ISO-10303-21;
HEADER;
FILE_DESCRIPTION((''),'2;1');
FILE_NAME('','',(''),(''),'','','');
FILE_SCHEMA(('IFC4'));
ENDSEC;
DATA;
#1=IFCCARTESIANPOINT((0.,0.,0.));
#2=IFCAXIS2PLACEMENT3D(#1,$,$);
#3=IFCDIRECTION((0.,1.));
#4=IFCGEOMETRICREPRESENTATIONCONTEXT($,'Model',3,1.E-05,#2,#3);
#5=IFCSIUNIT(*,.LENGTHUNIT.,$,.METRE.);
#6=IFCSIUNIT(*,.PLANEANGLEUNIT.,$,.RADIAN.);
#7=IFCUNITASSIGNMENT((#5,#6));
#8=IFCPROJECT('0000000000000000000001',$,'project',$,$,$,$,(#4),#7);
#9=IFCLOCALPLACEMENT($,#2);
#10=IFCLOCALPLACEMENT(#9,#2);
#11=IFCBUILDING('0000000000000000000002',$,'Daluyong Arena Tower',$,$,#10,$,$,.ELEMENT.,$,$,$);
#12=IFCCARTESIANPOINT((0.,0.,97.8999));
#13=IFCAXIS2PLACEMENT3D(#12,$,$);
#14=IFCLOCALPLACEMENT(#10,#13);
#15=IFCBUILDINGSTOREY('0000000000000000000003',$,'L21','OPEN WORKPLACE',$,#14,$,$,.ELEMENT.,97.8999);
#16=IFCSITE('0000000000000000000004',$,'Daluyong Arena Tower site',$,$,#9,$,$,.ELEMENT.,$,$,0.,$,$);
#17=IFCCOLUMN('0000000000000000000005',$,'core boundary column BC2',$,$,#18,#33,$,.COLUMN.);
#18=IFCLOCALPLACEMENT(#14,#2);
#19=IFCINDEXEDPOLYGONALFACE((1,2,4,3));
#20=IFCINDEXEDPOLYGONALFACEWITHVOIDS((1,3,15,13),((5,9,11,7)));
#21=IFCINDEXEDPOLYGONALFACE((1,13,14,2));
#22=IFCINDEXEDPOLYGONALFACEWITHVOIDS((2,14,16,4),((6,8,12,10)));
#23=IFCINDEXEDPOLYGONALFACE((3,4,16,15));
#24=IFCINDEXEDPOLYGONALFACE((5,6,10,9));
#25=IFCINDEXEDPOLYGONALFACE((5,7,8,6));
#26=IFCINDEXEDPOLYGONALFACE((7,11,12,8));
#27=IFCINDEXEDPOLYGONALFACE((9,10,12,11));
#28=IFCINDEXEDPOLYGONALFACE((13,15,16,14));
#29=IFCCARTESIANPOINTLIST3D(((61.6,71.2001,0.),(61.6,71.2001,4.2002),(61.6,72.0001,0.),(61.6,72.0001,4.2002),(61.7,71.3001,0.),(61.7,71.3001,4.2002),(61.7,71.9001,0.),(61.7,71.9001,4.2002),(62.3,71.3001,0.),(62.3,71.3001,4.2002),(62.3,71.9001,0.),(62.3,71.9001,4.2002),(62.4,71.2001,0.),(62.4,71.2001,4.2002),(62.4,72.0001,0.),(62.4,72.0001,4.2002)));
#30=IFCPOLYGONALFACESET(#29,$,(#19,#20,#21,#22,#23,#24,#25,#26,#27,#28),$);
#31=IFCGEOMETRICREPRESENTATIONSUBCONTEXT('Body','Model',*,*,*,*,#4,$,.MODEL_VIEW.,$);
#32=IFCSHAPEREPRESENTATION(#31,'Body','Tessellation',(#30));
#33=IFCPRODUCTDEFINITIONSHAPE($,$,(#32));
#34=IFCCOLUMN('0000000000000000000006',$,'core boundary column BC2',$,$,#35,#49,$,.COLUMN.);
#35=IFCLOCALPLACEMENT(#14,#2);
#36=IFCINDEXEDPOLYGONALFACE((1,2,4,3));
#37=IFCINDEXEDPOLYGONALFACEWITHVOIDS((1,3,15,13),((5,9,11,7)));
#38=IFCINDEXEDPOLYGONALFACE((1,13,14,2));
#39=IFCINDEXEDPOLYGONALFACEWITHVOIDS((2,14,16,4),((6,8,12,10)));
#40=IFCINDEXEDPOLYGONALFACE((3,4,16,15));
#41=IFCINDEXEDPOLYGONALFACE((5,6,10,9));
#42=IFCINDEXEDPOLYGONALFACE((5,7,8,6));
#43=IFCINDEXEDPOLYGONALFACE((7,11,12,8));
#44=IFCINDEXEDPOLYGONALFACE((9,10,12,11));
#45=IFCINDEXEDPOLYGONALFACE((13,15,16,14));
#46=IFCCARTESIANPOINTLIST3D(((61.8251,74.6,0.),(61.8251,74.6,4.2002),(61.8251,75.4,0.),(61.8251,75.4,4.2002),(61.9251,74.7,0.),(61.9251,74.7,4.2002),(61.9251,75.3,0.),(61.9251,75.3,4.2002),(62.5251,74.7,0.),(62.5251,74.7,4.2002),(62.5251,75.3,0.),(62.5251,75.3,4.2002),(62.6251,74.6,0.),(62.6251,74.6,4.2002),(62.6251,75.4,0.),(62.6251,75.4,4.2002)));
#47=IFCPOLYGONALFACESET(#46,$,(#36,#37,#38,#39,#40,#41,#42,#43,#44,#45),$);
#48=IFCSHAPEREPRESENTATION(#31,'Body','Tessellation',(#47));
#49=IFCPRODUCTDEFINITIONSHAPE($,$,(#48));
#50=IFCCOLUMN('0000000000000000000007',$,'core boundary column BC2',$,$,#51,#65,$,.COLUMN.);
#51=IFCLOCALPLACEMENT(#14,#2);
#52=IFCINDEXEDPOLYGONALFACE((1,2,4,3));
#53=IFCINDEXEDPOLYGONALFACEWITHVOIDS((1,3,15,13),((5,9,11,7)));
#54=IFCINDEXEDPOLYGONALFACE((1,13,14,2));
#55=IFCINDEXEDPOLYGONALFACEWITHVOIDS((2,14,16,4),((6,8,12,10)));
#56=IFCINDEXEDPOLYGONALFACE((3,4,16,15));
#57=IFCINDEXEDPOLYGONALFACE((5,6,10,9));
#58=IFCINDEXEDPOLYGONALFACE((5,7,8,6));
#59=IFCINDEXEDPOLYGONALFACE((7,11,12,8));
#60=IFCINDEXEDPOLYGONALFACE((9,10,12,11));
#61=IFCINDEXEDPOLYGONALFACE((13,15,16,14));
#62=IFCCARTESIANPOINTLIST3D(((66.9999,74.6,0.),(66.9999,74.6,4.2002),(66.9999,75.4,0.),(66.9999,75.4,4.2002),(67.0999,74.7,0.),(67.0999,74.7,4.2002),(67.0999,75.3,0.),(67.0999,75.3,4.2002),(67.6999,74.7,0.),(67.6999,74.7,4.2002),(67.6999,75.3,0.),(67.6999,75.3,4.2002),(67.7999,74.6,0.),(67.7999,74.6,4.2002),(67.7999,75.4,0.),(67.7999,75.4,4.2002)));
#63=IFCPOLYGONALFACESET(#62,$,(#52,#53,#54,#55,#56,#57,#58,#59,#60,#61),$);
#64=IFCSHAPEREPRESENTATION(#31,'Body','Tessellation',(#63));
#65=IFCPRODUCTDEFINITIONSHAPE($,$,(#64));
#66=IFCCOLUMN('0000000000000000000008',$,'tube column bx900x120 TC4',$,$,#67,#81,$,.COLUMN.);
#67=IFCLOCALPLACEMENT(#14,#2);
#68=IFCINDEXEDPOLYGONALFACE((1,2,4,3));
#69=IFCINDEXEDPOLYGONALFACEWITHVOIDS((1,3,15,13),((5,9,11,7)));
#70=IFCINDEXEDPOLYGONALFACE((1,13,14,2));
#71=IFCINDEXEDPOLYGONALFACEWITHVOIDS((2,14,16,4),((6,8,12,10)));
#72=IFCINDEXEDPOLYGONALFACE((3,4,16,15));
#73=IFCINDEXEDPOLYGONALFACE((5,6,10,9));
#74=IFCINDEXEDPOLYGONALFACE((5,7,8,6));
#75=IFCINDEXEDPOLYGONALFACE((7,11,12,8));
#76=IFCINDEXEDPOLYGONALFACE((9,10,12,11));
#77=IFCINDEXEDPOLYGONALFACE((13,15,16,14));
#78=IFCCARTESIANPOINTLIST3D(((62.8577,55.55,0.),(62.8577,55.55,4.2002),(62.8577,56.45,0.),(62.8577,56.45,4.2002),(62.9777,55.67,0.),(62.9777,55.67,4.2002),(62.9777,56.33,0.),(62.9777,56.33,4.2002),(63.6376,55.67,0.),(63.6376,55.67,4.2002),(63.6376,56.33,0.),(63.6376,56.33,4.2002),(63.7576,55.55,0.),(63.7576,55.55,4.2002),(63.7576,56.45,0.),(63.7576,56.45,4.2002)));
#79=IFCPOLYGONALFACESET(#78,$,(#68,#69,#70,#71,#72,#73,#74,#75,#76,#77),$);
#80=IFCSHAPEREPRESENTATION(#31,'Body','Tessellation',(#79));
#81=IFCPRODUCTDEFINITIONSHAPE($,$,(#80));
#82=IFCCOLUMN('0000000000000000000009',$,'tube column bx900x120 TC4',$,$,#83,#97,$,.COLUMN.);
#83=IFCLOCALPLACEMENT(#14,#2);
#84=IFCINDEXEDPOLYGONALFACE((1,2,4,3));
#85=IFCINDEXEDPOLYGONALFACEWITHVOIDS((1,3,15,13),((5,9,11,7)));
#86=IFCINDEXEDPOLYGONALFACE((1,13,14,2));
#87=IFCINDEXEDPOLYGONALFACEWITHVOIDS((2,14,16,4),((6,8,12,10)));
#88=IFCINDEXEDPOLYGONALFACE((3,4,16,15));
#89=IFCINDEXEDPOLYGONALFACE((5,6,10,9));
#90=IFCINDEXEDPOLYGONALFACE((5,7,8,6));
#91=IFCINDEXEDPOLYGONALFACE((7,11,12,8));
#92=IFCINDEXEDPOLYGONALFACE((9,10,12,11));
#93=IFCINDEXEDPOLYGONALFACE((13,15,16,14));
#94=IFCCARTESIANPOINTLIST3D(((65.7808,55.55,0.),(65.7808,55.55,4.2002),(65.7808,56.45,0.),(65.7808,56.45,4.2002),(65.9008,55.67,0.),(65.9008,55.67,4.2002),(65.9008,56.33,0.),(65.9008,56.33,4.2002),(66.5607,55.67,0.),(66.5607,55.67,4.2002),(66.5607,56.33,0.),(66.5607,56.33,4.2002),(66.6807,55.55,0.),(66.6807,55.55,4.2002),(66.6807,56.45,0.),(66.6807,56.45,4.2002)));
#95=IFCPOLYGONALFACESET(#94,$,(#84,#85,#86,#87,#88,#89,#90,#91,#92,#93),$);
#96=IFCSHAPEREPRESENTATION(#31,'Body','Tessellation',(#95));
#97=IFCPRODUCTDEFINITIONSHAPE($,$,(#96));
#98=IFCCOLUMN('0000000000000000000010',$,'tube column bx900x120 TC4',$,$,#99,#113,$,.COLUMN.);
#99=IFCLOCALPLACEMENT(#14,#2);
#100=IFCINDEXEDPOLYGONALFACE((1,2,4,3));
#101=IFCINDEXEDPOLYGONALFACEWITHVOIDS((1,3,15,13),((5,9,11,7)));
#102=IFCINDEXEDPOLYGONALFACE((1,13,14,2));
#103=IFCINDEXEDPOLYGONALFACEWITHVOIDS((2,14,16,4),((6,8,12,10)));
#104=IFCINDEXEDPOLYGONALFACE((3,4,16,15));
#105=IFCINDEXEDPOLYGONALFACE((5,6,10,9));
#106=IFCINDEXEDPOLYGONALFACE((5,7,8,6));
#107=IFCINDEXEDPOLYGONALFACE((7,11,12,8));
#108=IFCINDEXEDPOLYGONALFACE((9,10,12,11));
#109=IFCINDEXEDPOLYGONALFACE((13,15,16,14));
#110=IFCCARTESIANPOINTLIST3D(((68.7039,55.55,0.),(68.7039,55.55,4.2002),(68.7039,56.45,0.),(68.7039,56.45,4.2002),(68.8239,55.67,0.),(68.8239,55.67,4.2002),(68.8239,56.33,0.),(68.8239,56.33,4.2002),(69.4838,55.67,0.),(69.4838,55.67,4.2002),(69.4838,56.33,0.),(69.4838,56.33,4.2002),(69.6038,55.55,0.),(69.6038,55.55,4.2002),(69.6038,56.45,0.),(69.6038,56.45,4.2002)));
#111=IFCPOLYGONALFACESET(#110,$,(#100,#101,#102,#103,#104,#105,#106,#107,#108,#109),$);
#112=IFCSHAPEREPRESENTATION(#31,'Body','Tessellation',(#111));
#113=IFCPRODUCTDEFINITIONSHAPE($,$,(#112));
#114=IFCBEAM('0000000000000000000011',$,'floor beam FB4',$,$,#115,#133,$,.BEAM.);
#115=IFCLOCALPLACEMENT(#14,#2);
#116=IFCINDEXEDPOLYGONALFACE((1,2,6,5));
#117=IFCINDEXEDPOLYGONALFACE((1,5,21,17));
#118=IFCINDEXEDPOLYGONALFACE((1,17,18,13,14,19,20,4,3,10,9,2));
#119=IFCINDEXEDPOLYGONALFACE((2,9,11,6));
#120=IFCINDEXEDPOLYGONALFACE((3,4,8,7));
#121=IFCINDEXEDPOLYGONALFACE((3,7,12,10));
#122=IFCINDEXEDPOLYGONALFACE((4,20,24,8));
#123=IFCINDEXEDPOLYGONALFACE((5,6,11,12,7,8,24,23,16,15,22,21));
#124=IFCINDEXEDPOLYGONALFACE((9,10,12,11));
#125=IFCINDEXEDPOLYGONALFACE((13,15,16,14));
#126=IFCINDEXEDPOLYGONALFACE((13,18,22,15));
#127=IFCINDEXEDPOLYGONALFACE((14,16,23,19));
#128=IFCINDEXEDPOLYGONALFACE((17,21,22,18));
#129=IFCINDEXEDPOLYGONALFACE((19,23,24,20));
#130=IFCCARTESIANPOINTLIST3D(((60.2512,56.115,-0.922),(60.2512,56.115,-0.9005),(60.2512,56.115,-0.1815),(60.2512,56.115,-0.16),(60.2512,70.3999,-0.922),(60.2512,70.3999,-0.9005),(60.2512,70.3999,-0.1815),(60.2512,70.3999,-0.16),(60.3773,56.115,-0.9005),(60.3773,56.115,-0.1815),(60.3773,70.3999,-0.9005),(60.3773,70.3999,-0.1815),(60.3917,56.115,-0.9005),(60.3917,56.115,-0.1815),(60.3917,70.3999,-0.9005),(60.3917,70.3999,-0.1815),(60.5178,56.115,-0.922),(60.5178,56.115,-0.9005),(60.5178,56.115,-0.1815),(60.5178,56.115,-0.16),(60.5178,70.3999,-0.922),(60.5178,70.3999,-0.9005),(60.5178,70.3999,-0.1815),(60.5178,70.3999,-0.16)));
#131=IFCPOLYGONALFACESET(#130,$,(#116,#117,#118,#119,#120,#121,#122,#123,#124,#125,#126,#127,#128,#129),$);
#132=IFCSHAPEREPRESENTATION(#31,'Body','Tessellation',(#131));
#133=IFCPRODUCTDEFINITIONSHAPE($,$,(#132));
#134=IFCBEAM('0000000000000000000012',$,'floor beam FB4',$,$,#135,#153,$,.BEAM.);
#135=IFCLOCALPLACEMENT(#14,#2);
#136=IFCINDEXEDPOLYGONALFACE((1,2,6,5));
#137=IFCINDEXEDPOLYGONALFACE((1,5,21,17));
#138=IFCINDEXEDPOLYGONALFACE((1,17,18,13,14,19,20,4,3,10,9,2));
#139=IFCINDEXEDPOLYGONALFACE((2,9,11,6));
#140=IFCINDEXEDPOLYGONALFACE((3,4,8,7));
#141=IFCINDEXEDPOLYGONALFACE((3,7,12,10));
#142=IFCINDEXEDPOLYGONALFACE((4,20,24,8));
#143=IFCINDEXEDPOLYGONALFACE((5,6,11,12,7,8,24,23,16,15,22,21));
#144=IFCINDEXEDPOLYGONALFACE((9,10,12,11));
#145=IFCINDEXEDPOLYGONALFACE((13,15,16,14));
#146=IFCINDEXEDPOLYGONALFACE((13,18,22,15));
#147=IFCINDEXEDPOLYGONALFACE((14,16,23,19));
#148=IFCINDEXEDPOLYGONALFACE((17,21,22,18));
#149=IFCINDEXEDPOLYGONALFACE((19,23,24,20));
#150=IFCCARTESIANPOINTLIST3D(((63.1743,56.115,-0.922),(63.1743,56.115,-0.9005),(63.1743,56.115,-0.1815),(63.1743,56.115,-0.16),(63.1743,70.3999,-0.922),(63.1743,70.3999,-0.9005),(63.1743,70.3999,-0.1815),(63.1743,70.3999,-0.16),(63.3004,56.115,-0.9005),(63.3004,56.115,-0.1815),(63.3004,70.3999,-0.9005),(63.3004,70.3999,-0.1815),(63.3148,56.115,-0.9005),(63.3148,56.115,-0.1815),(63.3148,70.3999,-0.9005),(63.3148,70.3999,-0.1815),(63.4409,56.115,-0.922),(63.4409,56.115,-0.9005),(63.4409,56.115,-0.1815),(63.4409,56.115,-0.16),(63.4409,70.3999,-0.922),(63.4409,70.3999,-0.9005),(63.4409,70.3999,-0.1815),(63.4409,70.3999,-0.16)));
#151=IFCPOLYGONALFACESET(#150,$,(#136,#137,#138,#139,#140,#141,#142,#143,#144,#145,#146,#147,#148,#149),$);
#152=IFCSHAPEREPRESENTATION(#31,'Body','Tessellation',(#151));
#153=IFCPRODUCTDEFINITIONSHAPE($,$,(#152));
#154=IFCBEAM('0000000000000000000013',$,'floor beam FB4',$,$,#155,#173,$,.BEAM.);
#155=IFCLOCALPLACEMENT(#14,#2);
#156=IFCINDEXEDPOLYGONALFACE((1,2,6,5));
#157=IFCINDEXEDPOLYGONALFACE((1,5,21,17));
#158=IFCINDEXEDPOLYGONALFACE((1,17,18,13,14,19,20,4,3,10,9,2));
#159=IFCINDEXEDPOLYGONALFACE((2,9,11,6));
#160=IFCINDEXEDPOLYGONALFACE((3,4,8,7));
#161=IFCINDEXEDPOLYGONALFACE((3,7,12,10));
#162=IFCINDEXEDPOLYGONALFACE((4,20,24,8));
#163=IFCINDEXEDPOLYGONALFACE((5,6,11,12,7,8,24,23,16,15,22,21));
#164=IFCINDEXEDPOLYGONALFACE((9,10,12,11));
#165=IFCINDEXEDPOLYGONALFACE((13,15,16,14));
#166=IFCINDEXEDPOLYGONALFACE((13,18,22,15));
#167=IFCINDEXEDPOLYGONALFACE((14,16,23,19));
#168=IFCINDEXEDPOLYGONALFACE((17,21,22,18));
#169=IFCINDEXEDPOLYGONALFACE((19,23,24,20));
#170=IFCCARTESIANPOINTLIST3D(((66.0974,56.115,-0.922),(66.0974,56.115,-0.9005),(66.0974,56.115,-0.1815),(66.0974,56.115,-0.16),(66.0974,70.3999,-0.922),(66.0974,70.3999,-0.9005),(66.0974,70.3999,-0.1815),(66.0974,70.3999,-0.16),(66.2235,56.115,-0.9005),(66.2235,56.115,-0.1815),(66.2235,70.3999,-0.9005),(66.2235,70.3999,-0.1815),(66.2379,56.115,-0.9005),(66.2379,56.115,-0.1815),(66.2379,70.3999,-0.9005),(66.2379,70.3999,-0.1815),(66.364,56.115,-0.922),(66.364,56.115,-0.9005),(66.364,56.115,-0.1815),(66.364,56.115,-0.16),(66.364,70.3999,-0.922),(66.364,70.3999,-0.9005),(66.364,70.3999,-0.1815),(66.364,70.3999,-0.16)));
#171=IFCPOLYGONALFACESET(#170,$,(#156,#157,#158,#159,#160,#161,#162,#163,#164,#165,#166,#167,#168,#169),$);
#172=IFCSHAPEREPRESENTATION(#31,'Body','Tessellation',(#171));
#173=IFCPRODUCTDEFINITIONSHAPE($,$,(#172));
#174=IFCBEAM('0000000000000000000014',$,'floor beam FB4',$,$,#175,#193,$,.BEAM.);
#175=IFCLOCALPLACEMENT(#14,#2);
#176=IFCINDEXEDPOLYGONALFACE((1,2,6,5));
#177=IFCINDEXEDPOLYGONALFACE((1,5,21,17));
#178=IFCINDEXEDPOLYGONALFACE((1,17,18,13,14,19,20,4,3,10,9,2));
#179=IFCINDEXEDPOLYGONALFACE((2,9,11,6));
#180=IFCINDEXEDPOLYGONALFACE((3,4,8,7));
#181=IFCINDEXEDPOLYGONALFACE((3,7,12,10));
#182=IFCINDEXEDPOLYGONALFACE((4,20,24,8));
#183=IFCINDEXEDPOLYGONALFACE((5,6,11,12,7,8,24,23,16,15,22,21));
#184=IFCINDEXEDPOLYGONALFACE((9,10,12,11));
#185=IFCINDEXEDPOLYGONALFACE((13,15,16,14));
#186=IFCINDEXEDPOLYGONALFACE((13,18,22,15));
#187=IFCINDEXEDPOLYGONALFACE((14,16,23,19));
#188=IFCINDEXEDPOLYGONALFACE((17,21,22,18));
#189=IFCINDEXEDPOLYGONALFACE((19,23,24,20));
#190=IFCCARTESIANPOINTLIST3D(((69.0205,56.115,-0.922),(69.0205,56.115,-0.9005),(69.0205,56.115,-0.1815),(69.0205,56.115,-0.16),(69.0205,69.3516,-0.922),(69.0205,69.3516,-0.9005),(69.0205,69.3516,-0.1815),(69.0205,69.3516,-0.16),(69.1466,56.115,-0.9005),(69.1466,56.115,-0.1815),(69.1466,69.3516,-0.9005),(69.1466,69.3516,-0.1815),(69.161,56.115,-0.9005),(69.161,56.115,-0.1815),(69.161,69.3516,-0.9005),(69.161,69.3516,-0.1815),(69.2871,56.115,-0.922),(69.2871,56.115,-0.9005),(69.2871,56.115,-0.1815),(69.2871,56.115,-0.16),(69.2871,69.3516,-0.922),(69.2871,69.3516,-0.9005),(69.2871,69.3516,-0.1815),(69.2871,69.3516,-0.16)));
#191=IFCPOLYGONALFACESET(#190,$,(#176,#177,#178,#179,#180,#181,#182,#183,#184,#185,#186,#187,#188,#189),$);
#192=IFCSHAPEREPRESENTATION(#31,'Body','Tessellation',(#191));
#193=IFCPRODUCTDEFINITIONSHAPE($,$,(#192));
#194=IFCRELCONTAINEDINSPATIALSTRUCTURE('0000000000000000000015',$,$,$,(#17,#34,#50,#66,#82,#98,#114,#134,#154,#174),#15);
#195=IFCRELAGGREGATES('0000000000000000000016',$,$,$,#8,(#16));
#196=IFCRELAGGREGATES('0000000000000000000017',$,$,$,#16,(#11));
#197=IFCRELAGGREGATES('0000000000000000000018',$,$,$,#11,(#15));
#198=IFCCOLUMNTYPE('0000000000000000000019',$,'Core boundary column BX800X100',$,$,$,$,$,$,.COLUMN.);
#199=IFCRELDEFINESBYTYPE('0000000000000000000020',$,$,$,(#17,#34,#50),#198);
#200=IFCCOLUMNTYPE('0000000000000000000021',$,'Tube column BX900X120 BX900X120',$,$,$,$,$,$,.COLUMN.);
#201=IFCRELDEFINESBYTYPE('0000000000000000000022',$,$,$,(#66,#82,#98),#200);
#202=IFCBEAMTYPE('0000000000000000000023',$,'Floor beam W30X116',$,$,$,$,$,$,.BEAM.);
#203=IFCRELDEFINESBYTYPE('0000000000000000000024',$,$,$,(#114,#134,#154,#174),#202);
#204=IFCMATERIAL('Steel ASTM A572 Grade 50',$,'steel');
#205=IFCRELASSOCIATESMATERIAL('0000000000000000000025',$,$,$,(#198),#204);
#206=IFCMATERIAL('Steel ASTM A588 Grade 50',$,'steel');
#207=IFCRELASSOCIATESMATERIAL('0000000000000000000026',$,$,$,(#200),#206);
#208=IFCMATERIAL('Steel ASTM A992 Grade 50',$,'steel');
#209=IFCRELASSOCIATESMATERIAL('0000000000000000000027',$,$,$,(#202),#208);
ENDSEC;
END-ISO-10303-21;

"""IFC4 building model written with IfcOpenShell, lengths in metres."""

from ifc_helpers import new_model, si_unit, direction, frame, origin, origin_2d, place, context, subcontext, project, spatial, hollow_rectangle, i_section, extrude, material, material_profile, profile_set, type_object, element, save


model = new_model("IFC4")

# Units and contexts
model_context = context("Model", 3, precision=1e-05, world=origin(), true_north=direction((0.0, 1.0)))
body_context = subcontext(model_context, "Body", "Model", "MODEL_VIEW")
ifc_project = project(units=[si_unit("LENGTHUNIT", "METRE"), si_unit("PLANEANGLEUNIT", "RADIAN")], contexts=[model_context])

# Site, building, storey
site_placement = place(None, origin())
site = spatial("IfcSite", under=ifc_project, at=site_placement, Name="Daluyong Arena Tower site", CompositionType="ELEMENT", RefElevation=0.0)
building_placement = place(site_placement, origin())
building = spatial("IfcBuilding", under=site, at=building_placement, Name="Daluyong Arena Tower", CompositionType="ELEMENT")
storey_placement = place(building_placement, frame((0.0, 0.0, 97.8999)))
storey = spatial("IfcBuildingStorey", under=building, at=storey_placement, Name="L21", Description="OPEN WORKPLACE", CompositionType="ELEMENT", Elevation=97.8999)

# Columns
ifc_material_1 = material(Name="Steel ASTM A572 Grade 50", Category="steel")
ifc_material_profile_1 = material_profile(ifc_material_1, hollow_rectangle(XDim=0.8, YDim=0.8, WallThickness=0.1, at=origin_2d()))
ifc_profile_set_1 = profile_set([ifc_material_profile_1], Name="Steel ASTM A572 Grade 50")
column_type_1 = type_object("IfcColumnType", Name="Core boundary column BX800X100", PredefinedType="COLUMN", material=ifc_profile_set_1)
for number, where, z_axis, x_axis, name in (
    (1, (62.0, 71.6001, 0.0), (0.0, 0.0, 1.0), (1.0, 0.0, 0.0), "core boundary column BC2"),
    (2, (62.2251, 75.0, 0.0), (0.0, 0.0, 1.0), (1.0, 0.0, 0.0), "core boundary column BC2"),
    (3, (67.3999, 75.0, 0.0), (0.0, 0.0, 1.0), (1.0, 0.0, 0.0), "core boundary column BC2"),
):
    element("IfcColumn", number, at=place(storey_placement, frame(where, z_axis=z_axis, x_axis=x_axis)), inside=storey, type_object=column_type_1, Name=name, PredefinedType="COLUMN", context=body_context, shape_type="SweptSolid", body=[
        extrude(hollow_rectangle(XDim=0.8, YDim=0.8, WallThickness=0.1, at=origin_2d()), origin(), (0.0, 0.0, 1.0), 4.2002),
    ])
ifc_material_2 = material(Name="Steel ASTM A588 Grade 50", Category="steel")
ifc_material_profile_2 = material_profile(ifc_material_2, hollow_rectangle(XDim=0.8999, YDim=0.8999, WallThickness=0.12, at=origin_2d()))
ifc_profile_set_2 = profile_set([ifc_material_profile_2], Name="Steel ASTM A588 Grade 50")
column_type_2 = type_object("IfcColumnType", Name="Tube column BX900X120 BX900X120", PredefinedType="COLUMN", material=ifc_profile_set_2)
for number, where, z_axis, x_axis, name in (
    (4, (63.3076, 56.0, 0.0), (0.0, 0.0, 1.0), (1.0, 0.0, 0.0), "tube column bx900x120 TC4"),
    (5, (66.2307, 56.0, 0.0), (0.0, 0.0, 1.0), (1.0, 0.0, 0.0), "tube column bx900x120 TC4"),
    (6, (69.1538, 56.0, 0.0), (0.0, 0.0, 1.0), (1.0, 0.0, 0.0), "tube column bx900x120 TC4"),
):
    element("IfcColumn", number, at=place(storey_placement, frame(where, z_axis=z_axis, x_axis=x_axis)), inside=storey, type_object=column_type_2, Name=name, PredefinedType="COLUMN", context=body_context, shape_type="SweptSolid", body=[
        extrude(hollow_rectangle(XDim=0.8999, YDim=0.8999, WallThickness=0.12, at=origin_2d()), origin(), (0.0, 0.0, 1.0), 4.2002),
    ])

# Beams
ifc_material_3 = material(Name="Steel ASTM A992 Grade 50", Category="steel")
ifc_material_profile_3 = material_profile(ifc_material_3, i_section(OverallWidth=0.2666, OverallDepth=0.762, WebThickness=0.0144, FlangeThickness=0.0215, at=origin_2d()))
ifc_profile_set_3 = profile_set([ifc_material_profile_3], Name="Steel ASTM A992 Grade 50")
beam_type_1 = type_object("IfcBeamType", Name="Floor beam W30X116", PredefinedType="BEAM", material=ifc_profile_set_3)
for number, where, z_axis, x_axis, name in (
    (7, (60.3845, 56.115, -0.541), (0.0, 1.0, 0.0), (-1.0, 0.0, 0.0), "floor beam FB4"),
    (8, (63.3076, 56.115, -0.541), (0.0, 1.0, 0.0), (-1.0, 0.0, 0.0), "floor beam FB4"),
    (9, (66.2307, 56.115, -0.541), (0.0, 1.0, 0.0), (-1.0, 0.0, 0.0), "floor beam FB4"),
):
    element("IfcBeam", number, at=place(storey_placement, frame(where, z_axis=z_axis, x_axis=x_axis)), inside=storey, type_object=beam_type_1, Name=name, PredefinedType="BEAM", context=body_context, shape_type="SweptSolid", body=[
        extrude(i_section(OverallWidth=0.2666, OverallDepth=0.762, WebThickness=0.0144, FlangeThickness=0.0215, at=origin_2d()), origin(), (0.0, 0.0, 1.0), 14.2849),
    ])
beam_1_placement = place(storey_placement, frame((69.1538, 56.115, -0.541), z_axis=(0.0, 1.0, 0.0), x_axis=(-1.0, 0.0, 0.0)))
element("IfcBeam", 10, at=beam_1_placement, inside=storey, type_object=beam_type_1, Name="floor beam FB4", PredefinedType="BEAM", context=body_context, shape_type="SweptSolid", body=[
    extrude(i_section(OverallWidth=0.2666, OverallDepth=0.762, WebThickness=0.0144, FlangeThickness=0.0215, at=origin_2d()), origin(), (0.0, 0.0, 1.0), 13.2366),
])

save(model, "model.ifc")
